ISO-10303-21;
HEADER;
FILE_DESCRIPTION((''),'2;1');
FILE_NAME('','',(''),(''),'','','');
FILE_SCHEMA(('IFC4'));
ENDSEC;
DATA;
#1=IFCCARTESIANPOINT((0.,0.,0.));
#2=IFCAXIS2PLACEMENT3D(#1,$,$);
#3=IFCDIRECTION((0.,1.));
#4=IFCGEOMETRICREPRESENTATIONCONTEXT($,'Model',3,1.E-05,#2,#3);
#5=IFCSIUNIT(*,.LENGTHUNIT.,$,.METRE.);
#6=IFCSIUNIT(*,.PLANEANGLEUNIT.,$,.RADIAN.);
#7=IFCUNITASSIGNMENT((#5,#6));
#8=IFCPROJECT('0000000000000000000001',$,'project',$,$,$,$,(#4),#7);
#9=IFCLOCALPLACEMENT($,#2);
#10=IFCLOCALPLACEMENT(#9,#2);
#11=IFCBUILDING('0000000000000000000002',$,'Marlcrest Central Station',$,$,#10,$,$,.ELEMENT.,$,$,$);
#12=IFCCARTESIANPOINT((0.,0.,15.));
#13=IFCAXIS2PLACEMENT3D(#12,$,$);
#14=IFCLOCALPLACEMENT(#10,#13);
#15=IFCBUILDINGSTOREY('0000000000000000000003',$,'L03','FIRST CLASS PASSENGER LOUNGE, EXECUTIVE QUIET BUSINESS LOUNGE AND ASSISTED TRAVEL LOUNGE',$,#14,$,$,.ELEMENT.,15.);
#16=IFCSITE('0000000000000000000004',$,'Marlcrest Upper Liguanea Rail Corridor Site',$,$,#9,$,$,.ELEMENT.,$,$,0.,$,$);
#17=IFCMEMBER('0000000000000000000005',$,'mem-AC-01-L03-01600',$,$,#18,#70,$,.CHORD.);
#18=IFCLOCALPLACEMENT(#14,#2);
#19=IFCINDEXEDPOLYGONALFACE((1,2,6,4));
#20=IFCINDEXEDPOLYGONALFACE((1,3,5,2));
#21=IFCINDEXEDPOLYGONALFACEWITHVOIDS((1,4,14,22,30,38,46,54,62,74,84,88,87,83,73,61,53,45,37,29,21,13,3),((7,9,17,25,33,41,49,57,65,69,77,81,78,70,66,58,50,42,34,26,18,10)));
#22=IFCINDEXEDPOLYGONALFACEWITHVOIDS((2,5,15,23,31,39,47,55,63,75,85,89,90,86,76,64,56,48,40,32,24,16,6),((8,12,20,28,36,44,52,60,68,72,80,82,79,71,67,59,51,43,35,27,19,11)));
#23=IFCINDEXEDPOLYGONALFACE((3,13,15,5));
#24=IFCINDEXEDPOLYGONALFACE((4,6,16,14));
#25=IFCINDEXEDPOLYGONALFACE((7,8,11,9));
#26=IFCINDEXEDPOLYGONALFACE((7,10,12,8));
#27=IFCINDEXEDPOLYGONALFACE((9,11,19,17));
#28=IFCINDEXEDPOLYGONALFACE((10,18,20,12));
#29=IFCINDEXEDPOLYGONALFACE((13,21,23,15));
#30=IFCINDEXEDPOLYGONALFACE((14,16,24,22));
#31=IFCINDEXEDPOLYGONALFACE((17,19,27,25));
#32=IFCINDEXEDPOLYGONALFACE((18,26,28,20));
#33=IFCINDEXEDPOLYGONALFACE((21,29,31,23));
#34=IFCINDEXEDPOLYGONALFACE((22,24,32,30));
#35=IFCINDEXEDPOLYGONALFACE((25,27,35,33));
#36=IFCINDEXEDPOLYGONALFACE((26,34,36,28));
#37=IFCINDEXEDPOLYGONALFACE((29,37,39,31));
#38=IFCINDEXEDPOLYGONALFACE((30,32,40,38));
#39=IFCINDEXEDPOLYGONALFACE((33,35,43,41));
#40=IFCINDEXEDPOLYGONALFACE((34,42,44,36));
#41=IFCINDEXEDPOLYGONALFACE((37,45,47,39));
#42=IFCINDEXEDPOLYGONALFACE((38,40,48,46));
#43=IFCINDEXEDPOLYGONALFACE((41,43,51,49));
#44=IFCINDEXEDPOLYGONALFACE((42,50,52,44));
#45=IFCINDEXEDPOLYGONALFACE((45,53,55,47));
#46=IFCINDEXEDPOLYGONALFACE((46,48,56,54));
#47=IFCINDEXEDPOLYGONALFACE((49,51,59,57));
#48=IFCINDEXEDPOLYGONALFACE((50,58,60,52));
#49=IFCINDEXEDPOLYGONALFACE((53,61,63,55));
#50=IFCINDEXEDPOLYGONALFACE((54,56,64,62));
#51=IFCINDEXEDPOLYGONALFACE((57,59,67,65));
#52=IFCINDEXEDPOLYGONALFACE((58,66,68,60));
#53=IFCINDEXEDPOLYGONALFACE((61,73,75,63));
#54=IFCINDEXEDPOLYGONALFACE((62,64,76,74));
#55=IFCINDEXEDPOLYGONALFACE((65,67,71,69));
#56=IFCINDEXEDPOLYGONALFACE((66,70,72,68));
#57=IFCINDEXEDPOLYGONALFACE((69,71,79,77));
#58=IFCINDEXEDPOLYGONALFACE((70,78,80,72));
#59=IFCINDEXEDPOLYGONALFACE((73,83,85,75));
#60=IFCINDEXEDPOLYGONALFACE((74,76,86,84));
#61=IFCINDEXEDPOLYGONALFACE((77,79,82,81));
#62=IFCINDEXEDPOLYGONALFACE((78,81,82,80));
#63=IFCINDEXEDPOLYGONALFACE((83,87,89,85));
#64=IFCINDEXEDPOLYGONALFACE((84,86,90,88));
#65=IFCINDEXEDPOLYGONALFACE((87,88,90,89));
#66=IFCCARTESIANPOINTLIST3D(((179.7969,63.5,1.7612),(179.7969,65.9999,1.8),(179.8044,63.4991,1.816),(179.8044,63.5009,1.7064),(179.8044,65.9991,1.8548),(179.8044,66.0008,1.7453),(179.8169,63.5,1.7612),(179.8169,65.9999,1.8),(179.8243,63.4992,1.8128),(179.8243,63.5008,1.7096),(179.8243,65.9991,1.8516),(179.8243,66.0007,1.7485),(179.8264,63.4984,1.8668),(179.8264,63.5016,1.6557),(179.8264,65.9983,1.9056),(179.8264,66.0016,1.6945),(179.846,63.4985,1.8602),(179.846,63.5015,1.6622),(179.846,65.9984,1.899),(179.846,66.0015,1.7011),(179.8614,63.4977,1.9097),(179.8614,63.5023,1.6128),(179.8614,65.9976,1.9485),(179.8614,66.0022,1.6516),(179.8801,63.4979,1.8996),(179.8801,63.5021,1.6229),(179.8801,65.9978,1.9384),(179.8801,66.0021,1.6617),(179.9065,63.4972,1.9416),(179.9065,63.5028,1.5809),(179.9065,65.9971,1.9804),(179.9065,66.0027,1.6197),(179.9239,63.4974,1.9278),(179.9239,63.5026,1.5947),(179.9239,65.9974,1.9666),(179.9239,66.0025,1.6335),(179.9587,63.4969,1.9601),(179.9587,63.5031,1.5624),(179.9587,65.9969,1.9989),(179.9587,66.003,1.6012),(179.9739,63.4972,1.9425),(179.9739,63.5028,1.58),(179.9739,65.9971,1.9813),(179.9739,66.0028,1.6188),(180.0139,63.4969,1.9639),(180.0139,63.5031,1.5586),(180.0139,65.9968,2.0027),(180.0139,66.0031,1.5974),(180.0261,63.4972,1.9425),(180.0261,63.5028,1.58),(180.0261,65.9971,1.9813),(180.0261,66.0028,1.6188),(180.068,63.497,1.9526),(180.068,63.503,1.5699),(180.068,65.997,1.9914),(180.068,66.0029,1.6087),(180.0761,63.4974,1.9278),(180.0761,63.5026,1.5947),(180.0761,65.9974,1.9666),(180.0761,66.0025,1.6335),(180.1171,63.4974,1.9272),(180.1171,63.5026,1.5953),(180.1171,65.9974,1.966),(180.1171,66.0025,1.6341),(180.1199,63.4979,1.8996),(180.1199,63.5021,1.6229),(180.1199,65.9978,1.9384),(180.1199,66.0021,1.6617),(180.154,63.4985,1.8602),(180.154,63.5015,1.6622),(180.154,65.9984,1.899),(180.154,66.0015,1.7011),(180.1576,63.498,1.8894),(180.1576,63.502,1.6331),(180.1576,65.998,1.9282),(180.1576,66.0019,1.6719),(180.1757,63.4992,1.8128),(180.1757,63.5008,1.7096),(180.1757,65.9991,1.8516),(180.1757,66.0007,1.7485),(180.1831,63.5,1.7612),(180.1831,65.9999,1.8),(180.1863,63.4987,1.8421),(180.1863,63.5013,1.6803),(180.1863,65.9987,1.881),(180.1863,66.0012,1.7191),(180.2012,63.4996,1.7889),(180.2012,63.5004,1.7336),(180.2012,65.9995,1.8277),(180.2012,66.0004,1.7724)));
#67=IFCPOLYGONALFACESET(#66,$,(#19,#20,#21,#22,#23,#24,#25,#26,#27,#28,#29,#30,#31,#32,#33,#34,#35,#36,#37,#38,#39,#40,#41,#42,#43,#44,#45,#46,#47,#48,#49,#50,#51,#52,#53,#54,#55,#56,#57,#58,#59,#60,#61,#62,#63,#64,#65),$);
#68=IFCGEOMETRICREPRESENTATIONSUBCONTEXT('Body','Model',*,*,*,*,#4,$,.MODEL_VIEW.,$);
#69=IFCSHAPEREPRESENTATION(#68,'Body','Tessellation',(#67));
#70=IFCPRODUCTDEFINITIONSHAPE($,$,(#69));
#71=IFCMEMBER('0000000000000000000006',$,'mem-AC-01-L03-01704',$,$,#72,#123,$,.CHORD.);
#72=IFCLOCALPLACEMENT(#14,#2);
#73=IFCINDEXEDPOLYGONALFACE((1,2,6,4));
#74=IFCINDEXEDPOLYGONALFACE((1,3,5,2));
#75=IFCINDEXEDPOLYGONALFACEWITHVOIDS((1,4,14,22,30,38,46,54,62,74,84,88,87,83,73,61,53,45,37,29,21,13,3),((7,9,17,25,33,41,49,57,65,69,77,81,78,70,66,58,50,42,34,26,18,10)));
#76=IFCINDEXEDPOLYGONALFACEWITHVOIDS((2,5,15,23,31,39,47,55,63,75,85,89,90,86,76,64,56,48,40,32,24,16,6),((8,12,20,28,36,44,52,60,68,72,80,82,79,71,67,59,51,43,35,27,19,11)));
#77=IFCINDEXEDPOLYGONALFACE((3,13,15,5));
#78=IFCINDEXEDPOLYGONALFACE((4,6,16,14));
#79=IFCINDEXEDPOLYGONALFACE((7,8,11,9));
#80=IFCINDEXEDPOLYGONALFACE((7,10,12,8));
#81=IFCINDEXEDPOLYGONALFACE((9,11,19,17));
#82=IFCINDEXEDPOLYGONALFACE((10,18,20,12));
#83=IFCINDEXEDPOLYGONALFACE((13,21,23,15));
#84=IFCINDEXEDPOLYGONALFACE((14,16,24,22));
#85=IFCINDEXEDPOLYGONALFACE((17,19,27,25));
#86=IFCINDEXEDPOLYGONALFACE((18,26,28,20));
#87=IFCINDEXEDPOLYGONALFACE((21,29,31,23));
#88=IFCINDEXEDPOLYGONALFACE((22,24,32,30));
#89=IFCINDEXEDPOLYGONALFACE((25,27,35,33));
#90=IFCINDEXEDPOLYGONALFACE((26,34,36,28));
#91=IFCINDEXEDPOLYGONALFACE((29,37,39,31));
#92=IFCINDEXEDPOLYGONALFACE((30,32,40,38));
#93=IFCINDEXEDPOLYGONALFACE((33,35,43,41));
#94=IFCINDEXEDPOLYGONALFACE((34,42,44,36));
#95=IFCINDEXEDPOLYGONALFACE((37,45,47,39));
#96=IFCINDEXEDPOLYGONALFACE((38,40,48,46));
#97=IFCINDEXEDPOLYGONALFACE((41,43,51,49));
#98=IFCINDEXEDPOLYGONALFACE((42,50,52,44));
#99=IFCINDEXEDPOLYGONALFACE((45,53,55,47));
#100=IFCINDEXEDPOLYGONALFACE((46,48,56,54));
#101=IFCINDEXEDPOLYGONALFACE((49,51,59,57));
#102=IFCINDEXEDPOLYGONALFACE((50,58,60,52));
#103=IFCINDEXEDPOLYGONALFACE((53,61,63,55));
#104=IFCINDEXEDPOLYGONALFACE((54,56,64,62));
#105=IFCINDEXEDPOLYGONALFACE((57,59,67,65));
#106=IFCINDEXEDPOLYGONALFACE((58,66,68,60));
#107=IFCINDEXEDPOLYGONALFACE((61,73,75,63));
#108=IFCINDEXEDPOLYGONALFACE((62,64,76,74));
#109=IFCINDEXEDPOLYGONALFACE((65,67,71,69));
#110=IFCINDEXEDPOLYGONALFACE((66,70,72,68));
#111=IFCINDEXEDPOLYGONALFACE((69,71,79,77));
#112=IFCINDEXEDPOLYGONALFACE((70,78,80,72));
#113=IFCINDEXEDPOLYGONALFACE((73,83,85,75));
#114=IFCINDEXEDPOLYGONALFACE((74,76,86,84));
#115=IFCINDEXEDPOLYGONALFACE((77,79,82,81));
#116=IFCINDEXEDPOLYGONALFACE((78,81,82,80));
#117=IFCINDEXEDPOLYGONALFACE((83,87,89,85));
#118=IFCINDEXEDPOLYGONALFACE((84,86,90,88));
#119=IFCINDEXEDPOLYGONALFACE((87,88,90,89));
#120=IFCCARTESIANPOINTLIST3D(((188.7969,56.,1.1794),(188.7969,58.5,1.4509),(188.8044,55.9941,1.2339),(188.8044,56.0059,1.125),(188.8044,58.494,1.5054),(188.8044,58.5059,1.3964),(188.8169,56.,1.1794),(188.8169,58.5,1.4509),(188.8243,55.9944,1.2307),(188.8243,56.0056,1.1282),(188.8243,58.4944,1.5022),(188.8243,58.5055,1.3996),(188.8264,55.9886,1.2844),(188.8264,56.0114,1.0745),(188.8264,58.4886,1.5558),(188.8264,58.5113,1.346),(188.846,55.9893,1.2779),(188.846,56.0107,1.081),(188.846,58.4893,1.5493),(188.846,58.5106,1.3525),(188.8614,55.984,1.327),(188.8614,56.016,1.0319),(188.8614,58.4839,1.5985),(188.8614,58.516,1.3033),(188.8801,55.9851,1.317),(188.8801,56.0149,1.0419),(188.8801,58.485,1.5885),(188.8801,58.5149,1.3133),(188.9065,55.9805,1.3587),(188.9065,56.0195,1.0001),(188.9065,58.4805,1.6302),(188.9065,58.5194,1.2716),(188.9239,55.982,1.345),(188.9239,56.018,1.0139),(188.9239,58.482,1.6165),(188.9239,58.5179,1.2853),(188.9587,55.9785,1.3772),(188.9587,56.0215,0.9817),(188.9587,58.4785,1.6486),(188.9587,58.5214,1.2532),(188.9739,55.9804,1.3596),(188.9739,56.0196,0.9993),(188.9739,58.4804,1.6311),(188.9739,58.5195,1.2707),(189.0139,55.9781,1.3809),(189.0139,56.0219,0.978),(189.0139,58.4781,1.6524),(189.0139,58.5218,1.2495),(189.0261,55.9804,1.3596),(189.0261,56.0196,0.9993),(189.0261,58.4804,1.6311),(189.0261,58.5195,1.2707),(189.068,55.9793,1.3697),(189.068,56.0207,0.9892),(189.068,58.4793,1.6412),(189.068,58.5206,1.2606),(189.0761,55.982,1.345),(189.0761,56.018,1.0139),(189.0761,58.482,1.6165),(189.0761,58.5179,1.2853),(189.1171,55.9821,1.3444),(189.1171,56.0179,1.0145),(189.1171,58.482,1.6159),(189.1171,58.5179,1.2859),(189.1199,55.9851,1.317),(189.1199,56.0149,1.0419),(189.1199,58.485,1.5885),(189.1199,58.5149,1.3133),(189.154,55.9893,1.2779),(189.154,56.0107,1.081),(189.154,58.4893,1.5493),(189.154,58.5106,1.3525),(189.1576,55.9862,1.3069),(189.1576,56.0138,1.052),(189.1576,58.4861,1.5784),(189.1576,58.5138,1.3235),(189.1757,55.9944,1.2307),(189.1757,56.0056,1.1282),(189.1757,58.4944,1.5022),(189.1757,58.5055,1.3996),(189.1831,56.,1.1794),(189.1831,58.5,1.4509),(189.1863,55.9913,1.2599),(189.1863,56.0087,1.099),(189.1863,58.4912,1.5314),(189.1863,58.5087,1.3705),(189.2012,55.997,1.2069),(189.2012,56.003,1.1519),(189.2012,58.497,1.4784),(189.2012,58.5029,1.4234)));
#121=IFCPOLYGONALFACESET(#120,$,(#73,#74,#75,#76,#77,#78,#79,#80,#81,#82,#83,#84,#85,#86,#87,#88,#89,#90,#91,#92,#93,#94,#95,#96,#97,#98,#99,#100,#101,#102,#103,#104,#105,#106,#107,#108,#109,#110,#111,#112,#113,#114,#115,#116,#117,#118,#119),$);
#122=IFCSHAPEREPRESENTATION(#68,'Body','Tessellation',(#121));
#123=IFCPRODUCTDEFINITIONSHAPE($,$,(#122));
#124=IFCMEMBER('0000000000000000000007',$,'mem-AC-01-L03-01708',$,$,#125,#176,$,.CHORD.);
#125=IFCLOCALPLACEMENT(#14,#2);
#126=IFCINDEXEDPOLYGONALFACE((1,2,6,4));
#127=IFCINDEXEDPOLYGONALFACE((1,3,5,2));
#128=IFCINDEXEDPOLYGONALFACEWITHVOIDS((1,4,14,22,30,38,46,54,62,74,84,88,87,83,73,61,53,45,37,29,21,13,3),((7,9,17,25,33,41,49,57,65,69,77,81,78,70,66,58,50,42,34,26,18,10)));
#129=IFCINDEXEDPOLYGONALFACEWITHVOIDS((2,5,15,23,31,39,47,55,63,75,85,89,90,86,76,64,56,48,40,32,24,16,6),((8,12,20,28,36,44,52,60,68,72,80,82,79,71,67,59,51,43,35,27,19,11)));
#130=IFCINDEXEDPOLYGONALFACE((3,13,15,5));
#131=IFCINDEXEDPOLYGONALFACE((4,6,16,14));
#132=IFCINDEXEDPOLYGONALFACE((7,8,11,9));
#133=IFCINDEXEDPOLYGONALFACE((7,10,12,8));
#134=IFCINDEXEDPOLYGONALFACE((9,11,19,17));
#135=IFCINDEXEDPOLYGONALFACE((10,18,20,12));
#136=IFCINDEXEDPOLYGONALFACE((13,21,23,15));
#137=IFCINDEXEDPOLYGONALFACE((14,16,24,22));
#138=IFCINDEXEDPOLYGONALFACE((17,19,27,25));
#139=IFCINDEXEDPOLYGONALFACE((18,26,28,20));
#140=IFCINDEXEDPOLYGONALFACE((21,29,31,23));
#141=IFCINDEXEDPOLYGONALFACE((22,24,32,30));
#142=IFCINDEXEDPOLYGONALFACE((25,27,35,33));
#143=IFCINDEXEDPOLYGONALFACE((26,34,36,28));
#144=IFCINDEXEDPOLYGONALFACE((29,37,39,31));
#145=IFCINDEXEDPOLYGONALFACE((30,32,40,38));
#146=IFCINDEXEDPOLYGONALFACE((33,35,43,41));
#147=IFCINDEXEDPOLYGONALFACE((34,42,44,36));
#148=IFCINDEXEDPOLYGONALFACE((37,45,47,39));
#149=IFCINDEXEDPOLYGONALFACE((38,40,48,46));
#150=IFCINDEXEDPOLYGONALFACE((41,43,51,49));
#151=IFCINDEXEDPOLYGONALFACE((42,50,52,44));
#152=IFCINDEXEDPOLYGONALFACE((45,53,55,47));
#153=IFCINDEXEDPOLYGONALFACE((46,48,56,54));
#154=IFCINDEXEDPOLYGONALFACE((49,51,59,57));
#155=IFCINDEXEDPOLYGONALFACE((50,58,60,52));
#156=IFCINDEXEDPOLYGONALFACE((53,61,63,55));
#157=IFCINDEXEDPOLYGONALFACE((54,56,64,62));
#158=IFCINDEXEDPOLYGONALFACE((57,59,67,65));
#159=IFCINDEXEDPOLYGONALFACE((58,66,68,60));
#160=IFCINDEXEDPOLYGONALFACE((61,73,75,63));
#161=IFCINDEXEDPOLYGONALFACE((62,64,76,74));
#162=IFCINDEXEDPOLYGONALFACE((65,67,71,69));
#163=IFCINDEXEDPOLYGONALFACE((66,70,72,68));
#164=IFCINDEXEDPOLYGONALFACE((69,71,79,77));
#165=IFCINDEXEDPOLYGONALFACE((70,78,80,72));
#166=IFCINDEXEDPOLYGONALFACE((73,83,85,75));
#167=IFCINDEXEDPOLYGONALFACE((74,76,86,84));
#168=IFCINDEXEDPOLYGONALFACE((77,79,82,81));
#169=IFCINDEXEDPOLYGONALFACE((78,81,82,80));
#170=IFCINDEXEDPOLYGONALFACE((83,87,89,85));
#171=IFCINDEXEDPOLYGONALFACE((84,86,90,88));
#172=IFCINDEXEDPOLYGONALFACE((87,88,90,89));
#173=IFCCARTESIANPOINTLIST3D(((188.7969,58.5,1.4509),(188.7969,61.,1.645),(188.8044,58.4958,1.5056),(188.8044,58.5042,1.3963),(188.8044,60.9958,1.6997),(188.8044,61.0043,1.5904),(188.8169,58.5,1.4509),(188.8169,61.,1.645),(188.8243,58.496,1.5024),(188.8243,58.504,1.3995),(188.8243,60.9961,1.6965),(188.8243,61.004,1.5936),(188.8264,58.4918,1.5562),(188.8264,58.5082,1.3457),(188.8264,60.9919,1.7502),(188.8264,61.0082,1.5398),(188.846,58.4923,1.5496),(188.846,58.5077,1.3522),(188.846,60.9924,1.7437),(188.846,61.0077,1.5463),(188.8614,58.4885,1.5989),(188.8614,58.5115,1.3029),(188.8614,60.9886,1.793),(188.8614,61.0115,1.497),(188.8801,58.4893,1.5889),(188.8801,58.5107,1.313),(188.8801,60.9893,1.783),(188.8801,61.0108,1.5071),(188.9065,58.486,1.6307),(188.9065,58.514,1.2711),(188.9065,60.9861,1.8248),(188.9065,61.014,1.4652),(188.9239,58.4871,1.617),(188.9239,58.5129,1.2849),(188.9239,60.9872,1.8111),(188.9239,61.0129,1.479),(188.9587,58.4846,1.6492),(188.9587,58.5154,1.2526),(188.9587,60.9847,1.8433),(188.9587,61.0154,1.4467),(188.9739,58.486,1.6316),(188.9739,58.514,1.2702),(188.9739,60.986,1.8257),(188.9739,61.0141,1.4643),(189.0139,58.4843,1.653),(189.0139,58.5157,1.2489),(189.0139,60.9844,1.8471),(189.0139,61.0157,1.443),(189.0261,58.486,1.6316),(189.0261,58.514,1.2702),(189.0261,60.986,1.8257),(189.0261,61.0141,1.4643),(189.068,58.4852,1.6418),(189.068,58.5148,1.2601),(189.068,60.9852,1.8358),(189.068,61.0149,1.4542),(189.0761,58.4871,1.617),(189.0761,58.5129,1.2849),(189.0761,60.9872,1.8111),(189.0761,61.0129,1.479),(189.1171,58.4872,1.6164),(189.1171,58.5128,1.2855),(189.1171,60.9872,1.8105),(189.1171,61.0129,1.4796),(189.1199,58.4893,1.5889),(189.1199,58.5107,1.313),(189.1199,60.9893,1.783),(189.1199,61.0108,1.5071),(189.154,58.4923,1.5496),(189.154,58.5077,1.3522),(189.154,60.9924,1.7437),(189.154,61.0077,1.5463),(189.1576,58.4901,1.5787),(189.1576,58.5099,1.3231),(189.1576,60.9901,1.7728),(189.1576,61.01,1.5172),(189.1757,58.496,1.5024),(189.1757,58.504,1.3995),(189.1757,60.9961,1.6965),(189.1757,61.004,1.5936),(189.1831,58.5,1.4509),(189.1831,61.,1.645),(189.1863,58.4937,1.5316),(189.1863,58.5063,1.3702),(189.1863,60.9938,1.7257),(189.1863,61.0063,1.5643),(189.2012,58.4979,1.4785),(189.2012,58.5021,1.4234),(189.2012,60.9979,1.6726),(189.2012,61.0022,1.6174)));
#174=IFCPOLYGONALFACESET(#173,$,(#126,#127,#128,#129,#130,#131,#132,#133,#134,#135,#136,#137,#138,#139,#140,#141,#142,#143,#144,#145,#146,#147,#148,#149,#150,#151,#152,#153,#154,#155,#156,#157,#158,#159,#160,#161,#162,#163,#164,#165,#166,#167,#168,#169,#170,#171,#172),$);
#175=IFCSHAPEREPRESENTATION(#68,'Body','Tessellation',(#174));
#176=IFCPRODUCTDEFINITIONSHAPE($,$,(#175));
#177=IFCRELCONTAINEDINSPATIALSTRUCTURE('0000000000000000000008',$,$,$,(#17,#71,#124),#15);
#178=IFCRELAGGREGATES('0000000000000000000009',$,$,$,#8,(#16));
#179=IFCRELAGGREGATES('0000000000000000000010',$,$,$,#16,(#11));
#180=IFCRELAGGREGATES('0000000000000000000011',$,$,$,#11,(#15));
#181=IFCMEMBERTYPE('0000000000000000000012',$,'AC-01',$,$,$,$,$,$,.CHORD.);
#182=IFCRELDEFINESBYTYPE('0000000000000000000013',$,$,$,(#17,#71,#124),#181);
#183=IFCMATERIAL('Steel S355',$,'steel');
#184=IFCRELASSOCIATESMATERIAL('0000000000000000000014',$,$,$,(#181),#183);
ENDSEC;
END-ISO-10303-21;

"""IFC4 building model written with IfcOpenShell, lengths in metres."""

from ifc_helpers import new_model, si_unit, direction, frame, origin, origin_2d, place, context, subcontext, project, spatial, hollow_circle, extrude, material, material_profile, profile_set, type_object, element, save


model = new_model("IFC4")

# Units and contexts
model_context = context("Model", 3, precision=1e-05, world=origin(), true_north=direction((0.0, 1.0)))
body_context = subcontext(model_context, "Body", "Model", "MODEL_VIEW")
ifc_project = project(units=[si_unit("LENGTHUNIT", "METRE"), si_unit("PLANEANGLEUNIT", "RADIAN")], contexts=[model_context])

# Site, building, storey
site_placement = place(None, origin())
site = spatial("IfcSite", under=ifc_project, at=site_placement, Name="Marlcrest Upper Liguanea Rail Corridor Site", CompositionType="ELEMENT", RefElevation=0.0)
building_placement = place(site_placement, origin())
building = spatial("IfcBuilding", under=site, at=building_placement, Name="Marlcrest Central Station", CompositionType="ELEMENT")
storey_placement = place(building_placement, frame((0.0, 0.0, 15.0)))
storey = spatial("IfcBuildingStorey", under=building, at=storey_placement, Name="L03", Description="FIRST CLASS PASSENGER LOUNGE, EXECUTIVE QUIET BUSINESS LOUNGE AND ASSISTED TRAVEL LOUNGE", CompositionType="ELEMENT", Elevation=15.0)

# Members
ifc_material_1 = material(Name="Steel S355", Category="steel")
ifc_material_profile_1 = material_profile(ifc_material_1, hollow_circle(Radius=0.2031, WallThickness=0.02, at=origin_2d()), Name="CHS 406.4x20")
ifc_profile_set_1 = profile_set([ifc_material_profile_1], Name="Steel S355")
member_type_1 = type_object("IfcMemberType", Name="AC-01", PredefinedType="CHORD", material=ifc_profile_set_1)
member_1_placement = place(storey_placement, frame((180.0, 63.5, 1.7612), z_axis=(0.0, 0.999879, 0.015525), x_axis=(-1.0, 0.0, 0.0)))
element("IfcMember", 1, at=member_1_placement, inside=storey, type_object=member_type_1, Name="mem-AC-01-L03-01600", PredefinedType="CHORD", context=body_context, shape_type="SweptSolid", body=[
    extrude(hollow_circle(Radius=0.2031, WallThickness=0.02, at=origin_2d()), origin(), (0.0, 0.0, 1.0), 2.5002),
])
member_2_placement = place(storey_placement, frame((189.0, 56.0, 1.1794), z_axis=(0.0, 0.994155, 0.107959), x_axis=(-1.0, 0.0, 0.0)))
element("IfcMember", 2, at=member_2_placement, inside=storey, type_object=member_type_1, Name="mem-AC-01-L03-01704", PredefinedType="CHORD", context=body_context, shape_type="SweptSolid", body=[
    extrude(hollow_circle(Radius=0.2031, WallThickness=0.02, at=origin_2d()), origin(), (0.0, 0.0, 1.0), 2.5146),
])
member_3_placement = place(storey_placement, frame((189.0, 58.5, 1.4509), z_axis=(0.0, 0.997, 0.077404), x_axis=(-1.0, 0.0, 0.0)))
element("IfcMember", 3, at=member_3_placement, inside=storey, type_object=member_type_1, Name="mem-AC-01-L03-01708", PredefinedType="CHORD", context=body_context, shape_type="SweptSolid", body=[
    extrude(hollow_circle(Radius=0.2031, WallThickness=0.02, at=origin_2d()), origin(), (0.0, 0.0, 1.0), 2.5076),
])

save(model, "model.ifc")
